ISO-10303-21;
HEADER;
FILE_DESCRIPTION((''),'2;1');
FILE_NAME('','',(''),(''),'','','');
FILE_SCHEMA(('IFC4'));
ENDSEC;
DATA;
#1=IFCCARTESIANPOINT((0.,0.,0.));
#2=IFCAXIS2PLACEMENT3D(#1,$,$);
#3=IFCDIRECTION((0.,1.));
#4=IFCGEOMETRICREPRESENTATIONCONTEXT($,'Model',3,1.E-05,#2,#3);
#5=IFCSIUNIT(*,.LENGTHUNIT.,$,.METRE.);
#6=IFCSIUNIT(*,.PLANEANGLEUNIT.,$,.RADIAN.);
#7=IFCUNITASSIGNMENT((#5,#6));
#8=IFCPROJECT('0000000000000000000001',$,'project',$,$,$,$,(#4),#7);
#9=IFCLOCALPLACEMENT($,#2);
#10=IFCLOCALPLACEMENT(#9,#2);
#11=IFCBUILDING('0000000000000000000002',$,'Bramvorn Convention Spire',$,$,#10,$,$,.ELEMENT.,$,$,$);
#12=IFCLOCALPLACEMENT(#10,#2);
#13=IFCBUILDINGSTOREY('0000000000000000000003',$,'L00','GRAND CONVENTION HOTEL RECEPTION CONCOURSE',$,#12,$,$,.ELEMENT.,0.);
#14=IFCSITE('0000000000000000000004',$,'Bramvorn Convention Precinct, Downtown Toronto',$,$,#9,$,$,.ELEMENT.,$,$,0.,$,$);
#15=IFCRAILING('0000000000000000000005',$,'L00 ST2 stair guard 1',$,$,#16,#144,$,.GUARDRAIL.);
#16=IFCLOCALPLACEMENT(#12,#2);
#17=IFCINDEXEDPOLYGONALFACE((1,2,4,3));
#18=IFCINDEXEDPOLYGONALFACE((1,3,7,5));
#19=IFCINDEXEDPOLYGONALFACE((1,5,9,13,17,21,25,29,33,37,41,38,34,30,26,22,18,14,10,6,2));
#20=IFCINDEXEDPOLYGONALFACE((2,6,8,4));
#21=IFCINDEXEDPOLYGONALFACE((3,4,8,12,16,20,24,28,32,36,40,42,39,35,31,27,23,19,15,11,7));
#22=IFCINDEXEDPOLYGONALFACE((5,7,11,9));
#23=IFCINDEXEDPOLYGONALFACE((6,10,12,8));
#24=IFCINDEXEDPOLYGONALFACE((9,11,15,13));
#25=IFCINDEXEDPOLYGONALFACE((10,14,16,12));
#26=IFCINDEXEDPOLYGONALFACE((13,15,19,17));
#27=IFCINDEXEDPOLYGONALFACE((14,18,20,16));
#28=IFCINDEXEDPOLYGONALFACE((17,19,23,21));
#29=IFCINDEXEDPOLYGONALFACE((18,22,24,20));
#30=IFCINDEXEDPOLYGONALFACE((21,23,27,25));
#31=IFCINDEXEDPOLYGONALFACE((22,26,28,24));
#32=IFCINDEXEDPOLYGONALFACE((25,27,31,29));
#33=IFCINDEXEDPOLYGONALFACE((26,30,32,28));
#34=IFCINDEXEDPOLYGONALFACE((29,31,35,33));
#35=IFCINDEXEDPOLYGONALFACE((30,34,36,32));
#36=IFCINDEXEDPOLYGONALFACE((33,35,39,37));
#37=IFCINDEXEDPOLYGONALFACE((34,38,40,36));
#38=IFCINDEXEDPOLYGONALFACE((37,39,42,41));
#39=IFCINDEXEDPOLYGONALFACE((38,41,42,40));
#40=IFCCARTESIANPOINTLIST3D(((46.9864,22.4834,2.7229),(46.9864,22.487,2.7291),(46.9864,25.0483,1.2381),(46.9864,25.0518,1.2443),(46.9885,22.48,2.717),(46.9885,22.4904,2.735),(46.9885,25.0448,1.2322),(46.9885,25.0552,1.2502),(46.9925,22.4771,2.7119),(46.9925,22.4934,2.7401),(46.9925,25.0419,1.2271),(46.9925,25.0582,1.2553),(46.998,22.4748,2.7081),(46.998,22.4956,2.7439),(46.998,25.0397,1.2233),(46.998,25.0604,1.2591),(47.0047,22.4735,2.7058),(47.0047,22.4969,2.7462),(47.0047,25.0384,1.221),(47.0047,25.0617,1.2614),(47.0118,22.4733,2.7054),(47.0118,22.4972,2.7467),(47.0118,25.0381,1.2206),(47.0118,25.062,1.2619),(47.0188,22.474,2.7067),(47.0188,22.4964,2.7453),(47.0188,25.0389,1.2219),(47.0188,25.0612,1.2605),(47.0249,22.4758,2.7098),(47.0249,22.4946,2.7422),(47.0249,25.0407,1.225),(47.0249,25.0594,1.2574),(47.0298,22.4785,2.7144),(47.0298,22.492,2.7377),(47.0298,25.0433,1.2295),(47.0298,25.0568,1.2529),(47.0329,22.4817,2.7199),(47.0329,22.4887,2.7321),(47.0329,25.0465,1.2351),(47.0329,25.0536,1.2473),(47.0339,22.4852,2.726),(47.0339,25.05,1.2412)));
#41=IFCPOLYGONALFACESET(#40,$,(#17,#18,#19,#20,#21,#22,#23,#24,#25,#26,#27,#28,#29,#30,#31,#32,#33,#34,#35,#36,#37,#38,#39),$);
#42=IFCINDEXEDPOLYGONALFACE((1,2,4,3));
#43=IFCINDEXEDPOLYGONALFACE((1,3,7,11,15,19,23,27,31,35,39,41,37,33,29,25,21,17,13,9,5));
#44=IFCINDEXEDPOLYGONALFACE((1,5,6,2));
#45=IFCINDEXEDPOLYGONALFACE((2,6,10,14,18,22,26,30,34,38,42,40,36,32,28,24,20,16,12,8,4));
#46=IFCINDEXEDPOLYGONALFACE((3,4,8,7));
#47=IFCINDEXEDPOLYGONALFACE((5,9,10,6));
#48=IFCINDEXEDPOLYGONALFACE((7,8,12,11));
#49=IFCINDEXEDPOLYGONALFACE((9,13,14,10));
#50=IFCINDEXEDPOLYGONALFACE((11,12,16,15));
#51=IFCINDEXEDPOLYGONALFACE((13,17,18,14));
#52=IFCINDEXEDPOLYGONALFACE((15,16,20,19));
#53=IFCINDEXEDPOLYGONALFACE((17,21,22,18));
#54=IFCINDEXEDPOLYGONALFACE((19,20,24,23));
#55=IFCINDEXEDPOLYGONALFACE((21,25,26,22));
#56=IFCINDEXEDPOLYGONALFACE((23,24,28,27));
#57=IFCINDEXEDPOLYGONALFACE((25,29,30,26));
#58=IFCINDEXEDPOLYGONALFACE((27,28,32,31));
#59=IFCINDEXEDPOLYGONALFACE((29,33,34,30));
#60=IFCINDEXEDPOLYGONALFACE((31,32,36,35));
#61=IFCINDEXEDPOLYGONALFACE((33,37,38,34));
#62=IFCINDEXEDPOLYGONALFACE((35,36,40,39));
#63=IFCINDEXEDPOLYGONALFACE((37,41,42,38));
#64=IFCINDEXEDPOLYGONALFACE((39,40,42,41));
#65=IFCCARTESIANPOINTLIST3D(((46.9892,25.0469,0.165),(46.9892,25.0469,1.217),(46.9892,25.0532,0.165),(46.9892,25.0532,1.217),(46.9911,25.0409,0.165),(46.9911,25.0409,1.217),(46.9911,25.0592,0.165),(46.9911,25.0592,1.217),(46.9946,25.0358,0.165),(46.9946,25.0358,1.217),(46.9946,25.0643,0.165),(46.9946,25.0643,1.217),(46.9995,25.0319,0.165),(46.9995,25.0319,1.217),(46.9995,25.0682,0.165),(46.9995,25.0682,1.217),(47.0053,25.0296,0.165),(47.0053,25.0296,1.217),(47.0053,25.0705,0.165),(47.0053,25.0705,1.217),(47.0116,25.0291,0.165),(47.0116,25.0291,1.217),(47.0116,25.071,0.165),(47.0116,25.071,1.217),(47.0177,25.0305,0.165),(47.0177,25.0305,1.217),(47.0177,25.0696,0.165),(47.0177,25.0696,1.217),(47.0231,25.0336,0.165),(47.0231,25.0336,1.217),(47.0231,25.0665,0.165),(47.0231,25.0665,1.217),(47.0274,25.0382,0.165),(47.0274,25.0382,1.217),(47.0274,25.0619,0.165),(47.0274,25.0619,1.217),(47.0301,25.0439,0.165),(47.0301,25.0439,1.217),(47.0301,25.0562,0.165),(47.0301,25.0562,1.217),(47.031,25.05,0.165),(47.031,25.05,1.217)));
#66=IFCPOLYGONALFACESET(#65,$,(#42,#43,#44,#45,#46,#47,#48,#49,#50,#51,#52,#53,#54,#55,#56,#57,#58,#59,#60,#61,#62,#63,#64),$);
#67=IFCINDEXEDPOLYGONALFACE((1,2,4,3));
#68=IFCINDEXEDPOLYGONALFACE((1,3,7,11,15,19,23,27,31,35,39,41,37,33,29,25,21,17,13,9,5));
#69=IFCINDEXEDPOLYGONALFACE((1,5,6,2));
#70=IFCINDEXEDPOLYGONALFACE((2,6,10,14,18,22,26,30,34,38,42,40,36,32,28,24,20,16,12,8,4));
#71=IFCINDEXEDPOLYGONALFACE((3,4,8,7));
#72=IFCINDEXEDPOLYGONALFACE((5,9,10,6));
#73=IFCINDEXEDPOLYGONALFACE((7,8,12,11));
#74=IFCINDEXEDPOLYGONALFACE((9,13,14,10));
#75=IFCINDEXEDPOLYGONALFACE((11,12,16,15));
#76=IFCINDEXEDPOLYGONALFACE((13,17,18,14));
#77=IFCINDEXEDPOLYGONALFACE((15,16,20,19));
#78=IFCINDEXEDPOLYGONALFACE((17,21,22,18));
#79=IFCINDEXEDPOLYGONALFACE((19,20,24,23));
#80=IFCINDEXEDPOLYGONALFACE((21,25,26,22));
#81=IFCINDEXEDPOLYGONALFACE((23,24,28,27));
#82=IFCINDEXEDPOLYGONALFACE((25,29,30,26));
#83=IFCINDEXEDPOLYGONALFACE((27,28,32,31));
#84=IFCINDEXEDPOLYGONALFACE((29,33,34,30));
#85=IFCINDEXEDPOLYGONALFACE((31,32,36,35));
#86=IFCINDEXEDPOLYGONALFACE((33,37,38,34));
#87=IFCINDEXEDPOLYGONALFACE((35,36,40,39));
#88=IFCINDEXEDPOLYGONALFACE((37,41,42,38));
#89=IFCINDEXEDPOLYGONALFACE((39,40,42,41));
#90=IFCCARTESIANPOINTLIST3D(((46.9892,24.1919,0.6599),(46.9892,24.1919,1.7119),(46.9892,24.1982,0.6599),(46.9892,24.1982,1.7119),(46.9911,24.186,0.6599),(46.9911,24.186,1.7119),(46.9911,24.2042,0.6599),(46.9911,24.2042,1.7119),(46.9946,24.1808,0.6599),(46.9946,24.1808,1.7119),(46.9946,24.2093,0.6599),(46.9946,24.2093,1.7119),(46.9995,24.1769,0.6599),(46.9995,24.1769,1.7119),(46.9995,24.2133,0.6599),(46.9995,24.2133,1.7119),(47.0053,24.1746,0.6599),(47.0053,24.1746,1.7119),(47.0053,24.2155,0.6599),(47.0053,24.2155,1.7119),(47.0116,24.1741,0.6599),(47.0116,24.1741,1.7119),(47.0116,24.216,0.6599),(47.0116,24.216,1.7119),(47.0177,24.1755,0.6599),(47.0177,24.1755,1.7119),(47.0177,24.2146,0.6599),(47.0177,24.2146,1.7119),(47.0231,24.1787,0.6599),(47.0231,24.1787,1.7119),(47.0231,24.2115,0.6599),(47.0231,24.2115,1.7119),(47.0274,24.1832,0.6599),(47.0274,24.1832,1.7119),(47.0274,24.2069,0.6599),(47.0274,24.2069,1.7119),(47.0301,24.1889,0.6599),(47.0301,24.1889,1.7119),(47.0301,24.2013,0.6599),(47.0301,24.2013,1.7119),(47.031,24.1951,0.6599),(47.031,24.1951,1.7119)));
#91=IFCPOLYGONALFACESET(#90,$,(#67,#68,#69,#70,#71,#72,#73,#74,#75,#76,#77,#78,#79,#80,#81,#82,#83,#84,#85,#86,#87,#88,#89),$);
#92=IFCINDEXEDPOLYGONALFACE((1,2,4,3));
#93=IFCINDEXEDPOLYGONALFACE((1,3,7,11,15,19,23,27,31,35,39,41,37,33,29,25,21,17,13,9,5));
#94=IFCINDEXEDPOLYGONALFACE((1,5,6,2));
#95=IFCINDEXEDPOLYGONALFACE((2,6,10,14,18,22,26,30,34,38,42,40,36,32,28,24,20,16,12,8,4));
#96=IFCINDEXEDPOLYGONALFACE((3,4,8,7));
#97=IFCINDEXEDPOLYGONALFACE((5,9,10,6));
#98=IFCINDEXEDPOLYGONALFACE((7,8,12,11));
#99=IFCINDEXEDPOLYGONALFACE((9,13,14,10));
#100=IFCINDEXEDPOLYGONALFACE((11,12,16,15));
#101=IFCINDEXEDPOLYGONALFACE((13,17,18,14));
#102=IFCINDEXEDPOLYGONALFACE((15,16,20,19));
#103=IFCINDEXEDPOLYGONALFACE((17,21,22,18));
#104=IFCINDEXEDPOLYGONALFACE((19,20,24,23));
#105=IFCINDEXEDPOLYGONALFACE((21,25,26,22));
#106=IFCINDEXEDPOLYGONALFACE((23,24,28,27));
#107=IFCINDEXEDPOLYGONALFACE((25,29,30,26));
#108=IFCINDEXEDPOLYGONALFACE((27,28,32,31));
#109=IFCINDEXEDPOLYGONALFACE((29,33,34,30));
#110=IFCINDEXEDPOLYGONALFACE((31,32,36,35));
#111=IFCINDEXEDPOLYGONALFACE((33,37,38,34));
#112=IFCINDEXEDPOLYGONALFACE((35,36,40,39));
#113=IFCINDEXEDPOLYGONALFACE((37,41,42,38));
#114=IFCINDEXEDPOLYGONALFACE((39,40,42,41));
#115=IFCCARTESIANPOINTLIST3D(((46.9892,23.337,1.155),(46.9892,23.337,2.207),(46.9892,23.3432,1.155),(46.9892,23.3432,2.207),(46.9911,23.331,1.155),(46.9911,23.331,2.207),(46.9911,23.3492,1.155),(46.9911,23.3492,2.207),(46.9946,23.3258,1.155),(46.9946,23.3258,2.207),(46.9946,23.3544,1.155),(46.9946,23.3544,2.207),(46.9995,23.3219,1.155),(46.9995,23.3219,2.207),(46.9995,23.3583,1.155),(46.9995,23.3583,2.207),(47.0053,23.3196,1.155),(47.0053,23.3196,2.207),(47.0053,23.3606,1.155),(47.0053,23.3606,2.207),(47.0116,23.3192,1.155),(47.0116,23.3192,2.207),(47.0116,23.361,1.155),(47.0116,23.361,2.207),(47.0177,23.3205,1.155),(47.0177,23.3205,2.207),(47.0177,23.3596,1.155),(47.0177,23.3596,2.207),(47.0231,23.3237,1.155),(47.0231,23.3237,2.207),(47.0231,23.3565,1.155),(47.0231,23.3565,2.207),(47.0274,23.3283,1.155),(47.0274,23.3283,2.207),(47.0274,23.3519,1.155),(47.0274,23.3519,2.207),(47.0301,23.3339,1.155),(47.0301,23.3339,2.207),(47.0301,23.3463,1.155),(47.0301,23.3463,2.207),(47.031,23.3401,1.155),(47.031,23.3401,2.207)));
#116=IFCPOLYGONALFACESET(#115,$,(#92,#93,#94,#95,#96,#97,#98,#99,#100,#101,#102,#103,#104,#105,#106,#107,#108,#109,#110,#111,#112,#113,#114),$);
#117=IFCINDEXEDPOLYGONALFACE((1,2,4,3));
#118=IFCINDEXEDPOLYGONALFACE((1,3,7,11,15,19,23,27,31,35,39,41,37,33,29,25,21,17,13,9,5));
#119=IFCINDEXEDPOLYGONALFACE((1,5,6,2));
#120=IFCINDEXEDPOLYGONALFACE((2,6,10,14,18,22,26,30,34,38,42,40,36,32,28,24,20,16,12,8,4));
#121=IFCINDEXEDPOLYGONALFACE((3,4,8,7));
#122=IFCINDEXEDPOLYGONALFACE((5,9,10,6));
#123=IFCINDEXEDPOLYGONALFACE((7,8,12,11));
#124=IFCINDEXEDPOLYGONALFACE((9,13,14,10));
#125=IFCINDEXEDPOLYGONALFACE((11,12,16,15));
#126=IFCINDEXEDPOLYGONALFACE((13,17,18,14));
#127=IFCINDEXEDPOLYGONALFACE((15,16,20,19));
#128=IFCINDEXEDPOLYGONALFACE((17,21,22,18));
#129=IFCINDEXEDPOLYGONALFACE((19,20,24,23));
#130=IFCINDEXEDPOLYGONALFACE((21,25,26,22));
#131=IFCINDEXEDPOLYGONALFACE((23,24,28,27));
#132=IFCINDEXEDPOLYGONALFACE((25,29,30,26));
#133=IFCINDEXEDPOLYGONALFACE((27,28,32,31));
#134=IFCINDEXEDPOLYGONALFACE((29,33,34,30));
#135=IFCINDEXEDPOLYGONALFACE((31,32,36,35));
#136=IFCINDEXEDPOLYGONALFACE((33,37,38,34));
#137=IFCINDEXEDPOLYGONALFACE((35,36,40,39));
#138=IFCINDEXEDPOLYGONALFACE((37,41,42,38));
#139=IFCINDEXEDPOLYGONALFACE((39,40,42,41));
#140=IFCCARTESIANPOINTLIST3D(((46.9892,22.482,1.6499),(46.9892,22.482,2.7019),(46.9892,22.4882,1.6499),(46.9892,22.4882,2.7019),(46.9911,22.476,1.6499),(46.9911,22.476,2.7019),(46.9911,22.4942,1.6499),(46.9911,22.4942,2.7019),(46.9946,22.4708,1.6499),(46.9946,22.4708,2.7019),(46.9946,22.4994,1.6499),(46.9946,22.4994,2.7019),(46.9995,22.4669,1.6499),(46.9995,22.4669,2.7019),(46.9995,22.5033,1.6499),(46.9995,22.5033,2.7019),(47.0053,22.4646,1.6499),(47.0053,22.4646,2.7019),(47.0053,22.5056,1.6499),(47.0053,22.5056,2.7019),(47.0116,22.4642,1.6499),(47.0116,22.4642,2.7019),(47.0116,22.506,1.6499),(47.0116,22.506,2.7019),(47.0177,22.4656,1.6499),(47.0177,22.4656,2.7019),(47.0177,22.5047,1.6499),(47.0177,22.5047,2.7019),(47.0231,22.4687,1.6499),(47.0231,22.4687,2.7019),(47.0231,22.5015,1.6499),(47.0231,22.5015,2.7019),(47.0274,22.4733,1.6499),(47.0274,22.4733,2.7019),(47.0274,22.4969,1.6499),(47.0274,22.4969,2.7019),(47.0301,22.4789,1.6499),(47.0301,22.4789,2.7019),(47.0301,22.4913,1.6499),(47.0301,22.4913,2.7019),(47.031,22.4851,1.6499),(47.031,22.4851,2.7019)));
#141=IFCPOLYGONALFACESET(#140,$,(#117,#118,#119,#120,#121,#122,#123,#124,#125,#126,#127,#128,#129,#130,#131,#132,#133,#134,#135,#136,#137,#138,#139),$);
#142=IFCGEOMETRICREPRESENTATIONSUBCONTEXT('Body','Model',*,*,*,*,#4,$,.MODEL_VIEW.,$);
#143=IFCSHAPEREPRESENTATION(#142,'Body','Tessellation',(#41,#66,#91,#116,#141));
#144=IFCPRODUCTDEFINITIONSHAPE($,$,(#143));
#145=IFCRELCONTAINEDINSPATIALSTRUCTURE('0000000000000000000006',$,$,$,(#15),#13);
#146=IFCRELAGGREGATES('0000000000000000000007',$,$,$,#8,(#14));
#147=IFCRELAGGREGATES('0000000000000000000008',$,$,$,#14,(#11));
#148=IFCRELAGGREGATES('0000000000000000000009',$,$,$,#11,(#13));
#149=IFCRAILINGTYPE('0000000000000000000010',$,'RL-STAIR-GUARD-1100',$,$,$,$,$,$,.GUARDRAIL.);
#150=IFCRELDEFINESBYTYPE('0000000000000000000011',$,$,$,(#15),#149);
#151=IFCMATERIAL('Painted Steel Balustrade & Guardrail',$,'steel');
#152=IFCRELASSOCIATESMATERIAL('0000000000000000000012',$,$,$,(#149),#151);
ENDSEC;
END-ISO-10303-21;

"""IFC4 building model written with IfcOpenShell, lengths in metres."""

from ifc_helpers import new_model, si_unit, direction, frame, origin, origin_2d, place, context, subcontext, project, spatial, circle, extrude, material, type_object, element, save


model = new_model("IFC4")

# Units and contexts
model_context = context("Model", 3, precision=1e-05, world=origin(), true_north=direction((0.0, 1.0)))
body_context = subcontext(model_context, "Body", "Model", "MODEL_VIEW")
ifc_project = project(units=[si_unit("LENGTHUNIT", "METRE"), si_unit("PLANEANGLEUNIT", "RADIAN")], contexts=[model_context])

# Site, building, storey
site_placement = place(None, origin())
site = spatial("IfcSite", under=ifc_project, at=site_placement, Name="Bramvorn Convention Precinct, Downtown Toronto", CompositionType="ELEMENT", RefElevation=0.0)
building_placement = place(site_placement, origin())
building = spatial("IfcBuilding", under=site, at=building_placement, Name="Bramvorn Convention Spire", CompositionType="ELEMENT")
storey_placement = place(building_placement, origin())
storey = spatial("IfcBuildingStorey", under=building, at=storey_placement, Name="L00", Description="GRAND CONVENTION HOTEL RECEPTION CONCOURSE", CompositionType="ELEMENT", Elevation=0.0)

# Railing
ifc_material_1 = material(Name="Painted Steel Balustrade & Guardrail", Category="steel")
railing_type = type_object("IfcRailingType", Name="RL-STAIR-GUARD-1100", PredefinedType="GUARDRAIL", material=ifc_material_1)
railing_1_placement = place(storey_placement, frame((47.01, 25.05, 0.165)))
element("IfcRailing", 1, at=railing_1_placement, inside=storey, type_object=railing_type, Name="L00 ST2 stair guard 1", PredefinedType="GUARDRAIL", context=body_context, shape_type="SweptSolid", body=[
    extrude(circle(Radius=0.0239, at=origin_2d()), frame((0.0, 0.0, 1.0762), z_axis=(0.0, -0.865441, 0.50101), x_axis=(1.0, 0.0, 0.0)), (0.0, 0.0, 1.0), 2.9636),
    extrude(circle(Radius=0.021, at=origin_2d()), origin(), (0.0, 0.0, 1.0), 1.052),
    extrude(circle(Radius=0.021, at=origin_2d()), frame((0.0, -0.855, 0.4949)), (0.0, 0.0, 1.0), 1.052),
    extrude(circle(Radius=0.021, at=origin_2d()), frame((0.0, -1.71, 0.99)), (0.0, 0.0, 1.0), 1.052),
    extrude(circle(Radius=0.021, at=origin_2d()), frame((0.0, -2.5649, 1.4849)), (0.0, 0.0, 1.0), 1.052),
])

save(model, "model.ifc")
